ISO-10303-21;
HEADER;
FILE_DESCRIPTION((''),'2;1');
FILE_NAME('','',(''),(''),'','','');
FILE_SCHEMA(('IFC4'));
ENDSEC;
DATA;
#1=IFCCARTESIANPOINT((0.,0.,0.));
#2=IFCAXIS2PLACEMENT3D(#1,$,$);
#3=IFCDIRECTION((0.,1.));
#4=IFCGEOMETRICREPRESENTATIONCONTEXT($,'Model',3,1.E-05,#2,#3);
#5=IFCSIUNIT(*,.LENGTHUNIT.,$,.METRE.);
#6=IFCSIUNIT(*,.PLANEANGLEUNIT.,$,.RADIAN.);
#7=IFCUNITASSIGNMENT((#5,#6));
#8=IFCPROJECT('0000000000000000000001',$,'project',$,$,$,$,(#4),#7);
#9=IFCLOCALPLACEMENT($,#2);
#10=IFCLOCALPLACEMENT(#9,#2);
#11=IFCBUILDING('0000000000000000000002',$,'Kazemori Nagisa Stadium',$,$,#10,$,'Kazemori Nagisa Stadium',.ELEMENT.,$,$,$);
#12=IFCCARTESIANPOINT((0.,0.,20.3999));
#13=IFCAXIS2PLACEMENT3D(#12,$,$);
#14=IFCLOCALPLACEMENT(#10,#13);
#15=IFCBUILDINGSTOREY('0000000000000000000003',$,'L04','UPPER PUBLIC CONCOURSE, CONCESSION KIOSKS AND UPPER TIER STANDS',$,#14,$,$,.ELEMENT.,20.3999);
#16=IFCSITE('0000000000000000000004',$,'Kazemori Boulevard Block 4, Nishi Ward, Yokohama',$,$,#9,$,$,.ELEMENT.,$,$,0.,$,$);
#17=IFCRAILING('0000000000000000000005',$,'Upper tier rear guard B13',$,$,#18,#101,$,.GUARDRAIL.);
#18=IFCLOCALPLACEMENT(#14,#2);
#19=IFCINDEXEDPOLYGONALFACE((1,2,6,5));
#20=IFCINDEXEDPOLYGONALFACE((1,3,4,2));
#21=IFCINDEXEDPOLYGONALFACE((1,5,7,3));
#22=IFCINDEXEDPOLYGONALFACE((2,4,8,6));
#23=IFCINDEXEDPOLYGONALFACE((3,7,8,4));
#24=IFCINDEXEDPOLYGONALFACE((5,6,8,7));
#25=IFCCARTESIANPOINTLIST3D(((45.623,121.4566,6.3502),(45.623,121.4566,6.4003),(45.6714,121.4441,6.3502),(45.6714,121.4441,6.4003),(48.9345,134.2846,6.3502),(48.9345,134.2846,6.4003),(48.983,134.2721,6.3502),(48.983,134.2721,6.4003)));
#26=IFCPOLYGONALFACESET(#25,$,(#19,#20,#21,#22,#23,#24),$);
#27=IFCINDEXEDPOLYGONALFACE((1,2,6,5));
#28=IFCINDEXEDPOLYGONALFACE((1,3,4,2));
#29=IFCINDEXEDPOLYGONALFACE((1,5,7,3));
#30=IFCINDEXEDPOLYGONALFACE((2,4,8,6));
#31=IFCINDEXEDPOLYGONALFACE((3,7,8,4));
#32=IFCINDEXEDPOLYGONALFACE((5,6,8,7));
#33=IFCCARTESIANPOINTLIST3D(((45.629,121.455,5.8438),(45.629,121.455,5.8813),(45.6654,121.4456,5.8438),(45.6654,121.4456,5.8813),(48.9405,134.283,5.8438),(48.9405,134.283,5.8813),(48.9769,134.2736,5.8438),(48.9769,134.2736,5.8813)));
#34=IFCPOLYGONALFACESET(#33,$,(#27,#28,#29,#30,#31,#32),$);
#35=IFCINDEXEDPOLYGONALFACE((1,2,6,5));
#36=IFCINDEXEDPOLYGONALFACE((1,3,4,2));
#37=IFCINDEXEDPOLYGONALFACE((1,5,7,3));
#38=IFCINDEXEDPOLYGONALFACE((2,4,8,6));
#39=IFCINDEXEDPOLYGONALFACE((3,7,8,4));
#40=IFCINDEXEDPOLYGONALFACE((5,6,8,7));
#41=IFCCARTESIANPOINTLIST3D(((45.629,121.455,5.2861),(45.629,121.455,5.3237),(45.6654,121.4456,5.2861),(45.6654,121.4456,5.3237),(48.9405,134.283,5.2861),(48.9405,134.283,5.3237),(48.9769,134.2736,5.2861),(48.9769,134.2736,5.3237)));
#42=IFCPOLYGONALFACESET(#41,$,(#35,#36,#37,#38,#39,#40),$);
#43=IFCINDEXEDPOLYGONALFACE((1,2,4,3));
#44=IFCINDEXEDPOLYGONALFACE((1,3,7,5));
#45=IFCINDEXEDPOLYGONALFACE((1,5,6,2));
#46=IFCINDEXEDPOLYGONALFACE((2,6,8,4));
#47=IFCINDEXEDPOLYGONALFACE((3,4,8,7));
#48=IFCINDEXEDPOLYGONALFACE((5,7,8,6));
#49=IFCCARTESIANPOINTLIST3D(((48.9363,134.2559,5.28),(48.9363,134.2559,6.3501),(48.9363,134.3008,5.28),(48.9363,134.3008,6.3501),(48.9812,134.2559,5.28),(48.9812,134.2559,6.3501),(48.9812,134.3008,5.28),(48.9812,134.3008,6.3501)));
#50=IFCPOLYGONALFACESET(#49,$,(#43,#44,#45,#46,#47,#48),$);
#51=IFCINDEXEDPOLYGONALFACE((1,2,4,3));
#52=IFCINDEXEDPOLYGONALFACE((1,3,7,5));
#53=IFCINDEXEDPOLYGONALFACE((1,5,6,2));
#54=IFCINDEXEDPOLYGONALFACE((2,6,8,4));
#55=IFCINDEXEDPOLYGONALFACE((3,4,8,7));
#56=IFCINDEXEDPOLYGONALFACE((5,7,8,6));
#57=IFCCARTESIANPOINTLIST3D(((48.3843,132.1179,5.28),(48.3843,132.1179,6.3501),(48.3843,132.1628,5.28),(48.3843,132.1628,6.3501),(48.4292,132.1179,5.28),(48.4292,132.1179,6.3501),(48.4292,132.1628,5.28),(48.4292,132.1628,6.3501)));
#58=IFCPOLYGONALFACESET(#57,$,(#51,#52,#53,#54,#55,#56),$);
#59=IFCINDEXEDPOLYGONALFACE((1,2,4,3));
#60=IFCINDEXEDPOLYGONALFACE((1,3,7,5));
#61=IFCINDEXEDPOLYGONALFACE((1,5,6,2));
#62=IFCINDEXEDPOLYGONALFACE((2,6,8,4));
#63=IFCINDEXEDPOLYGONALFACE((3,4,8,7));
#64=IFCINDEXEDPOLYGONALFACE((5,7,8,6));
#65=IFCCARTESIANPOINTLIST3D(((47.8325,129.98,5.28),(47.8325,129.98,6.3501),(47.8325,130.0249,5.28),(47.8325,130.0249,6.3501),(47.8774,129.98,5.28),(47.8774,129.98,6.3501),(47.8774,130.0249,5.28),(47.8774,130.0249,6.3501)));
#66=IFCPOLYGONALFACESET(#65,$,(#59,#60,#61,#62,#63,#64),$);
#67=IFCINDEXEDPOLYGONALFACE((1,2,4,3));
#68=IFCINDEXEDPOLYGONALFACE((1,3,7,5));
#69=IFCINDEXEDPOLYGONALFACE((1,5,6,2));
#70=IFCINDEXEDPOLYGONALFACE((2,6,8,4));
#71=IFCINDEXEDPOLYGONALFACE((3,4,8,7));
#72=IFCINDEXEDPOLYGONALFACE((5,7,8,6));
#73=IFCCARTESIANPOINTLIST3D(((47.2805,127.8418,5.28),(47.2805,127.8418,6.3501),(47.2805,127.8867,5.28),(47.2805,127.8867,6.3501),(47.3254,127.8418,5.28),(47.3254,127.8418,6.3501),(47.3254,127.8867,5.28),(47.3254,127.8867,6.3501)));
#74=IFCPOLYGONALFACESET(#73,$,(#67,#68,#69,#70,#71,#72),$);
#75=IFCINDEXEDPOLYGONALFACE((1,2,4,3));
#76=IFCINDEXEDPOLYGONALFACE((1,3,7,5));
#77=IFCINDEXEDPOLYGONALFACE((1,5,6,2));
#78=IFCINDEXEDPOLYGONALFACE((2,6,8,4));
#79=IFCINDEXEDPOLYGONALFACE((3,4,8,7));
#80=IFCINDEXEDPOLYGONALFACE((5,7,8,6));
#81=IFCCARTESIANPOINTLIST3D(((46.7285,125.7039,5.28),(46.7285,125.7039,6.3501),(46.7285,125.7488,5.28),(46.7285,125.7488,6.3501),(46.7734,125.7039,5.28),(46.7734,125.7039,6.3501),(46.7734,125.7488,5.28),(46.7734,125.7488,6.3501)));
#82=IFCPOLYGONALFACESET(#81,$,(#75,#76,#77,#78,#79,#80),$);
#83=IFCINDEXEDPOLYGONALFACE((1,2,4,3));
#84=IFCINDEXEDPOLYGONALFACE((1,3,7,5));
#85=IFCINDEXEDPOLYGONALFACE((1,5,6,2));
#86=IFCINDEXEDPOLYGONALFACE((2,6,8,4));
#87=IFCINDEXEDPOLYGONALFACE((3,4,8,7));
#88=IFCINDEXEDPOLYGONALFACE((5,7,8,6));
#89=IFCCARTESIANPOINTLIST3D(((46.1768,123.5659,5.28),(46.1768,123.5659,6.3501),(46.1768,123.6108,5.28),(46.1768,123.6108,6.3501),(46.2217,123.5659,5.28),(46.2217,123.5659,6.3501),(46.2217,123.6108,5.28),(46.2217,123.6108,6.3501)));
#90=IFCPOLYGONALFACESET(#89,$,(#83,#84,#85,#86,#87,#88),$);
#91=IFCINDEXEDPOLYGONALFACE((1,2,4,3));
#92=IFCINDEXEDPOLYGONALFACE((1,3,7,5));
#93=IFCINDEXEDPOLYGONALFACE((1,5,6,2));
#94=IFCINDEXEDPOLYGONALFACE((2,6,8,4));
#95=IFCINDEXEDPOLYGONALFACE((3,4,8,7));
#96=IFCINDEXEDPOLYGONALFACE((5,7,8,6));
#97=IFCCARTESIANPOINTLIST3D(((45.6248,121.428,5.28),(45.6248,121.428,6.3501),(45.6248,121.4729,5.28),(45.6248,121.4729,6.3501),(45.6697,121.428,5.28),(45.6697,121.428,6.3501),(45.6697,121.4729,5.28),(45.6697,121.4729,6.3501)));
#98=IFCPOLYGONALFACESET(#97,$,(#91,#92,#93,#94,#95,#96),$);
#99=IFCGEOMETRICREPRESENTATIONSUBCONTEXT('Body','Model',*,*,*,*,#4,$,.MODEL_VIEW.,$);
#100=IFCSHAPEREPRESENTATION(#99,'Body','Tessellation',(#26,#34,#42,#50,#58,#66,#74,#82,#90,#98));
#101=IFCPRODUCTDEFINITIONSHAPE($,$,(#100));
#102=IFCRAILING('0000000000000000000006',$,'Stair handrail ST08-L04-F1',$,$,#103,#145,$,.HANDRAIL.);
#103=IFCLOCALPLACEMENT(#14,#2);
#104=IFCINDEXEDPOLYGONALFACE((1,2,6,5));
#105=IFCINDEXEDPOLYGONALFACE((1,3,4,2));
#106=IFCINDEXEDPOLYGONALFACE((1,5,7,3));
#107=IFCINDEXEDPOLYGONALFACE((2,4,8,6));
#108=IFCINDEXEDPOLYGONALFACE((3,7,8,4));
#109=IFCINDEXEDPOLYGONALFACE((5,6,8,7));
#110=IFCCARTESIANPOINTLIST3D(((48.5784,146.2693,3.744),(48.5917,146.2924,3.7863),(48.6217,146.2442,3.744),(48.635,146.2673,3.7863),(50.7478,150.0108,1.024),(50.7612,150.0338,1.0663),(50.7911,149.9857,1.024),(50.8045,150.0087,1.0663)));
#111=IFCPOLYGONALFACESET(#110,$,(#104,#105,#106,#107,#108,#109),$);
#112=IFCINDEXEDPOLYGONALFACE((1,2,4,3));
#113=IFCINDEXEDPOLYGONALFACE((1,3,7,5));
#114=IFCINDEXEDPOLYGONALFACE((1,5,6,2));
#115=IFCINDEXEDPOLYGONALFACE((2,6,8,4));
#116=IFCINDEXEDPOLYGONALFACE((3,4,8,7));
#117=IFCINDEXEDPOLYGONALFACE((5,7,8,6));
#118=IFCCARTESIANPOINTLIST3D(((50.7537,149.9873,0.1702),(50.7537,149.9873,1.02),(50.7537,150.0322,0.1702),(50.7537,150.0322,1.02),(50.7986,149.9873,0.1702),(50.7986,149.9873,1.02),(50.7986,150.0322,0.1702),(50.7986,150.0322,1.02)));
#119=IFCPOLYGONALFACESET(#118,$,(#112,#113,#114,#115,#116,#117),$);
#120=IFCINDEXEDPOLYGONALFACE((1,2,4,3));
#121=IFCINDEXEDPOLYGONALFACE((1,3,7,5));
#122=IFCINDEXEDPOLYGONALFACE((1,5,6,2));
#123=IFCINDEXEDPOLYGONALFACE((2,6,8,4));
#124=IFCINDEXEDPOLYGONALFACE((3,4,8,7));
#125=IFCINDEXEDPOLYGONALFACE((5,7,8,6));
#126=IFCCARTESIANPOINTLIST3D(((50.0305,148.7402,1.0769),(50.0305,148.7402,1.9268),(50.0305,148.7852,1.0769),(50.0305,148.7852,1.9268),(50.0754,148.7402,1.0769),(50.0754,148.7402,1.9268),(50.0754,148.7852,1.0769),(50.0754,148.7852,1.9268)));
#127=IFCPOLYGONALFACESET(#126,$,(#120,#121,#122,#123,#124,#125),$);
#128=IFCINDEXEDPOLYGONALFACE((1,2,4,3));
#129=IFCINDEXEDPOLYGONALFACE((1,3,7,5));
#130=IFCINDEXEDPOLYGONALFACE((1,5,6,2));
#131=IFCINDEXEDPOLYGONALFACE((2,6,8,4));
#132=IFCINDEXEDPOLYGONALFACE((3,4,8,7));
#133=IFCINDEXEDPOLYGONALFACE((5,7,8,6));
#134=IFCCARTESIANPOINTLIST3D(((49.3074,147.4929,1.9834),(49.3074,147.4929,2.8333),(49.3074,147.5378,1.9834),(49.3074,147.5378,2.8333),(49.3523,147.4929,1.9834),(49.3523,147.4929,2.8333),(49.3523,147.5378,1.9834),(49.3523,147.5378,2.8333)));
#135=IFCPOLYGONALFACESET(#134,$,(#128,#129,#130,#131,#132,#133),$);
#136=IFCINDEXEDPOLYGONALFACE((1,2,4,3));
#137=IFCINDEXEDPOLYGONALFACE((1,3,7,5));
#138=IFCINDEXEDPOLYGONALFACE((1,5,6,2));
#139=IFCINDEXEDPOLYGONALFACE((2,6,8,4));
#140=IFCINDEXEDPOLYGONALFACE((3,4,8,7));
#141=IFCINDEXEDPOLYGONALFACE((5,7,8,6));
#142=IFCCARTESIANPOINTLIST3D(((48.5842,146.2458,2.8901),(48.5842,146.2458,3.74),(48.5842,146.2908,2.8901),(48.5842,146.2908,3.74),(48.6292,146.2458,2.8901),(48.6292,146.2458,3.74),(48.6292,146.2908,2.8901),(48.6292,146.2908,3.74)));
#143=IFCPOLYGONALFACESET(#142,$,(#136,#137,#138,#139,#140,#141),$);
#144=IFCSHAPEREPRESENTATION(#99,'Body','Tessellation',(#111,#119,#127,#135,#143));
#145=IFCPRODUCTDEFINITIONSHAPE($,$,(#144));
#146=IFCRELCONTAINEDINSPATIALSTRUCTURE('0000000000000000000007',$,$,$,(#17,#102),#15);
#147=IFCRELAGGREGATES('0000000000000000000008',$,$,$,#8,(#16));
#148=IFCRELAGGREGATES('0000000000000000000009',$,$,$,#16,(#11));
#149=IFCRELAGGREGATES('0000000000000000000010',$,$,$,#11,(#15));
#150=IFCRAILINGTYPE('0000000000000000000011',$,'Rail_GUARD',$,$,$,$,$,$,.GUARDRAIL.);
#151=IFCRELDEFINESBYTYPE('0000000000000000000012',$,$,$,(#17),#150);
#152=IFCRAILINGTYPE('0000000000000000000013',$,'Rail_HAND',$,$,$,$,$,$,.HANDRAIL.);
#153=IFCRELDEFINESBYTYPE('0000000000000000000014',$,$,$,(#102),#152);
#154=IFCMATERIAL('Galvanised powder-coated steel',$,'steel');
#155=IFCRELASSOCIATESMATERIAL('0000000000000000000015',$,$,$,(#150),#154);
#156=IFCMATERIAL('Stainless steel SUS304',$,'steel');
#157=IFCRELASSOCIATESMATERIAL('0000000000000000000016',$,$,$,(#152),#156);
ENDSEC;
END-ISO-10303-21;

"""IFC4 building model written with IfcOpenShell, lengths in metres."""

from ifc_helpers import new_model, si_unit, direction, frame, origin, origin_2d, place, context, subcontext, project, spatial, rectangle, extrude, material, type_object, element, save


model = new_model("IFC4")

# Units and contexts
model_context = context("Model", 3, precision=1e-05, world=origin(), true_north=direction((0.0, 1.0)))
body_context = subcontext(model_context, "Body", "Model", "MODEL_VIEW")
ifc_project = project(units=[si_unit("LENGTHUNIT", "METRE"), si_unit("PLANEANGLEUNIT", "RADIAN")], contexts=[model_context])

# Site, building, storey
site_placement = place(None, origin())
site = spatial("IfcSite", under=ifc_project, at=site_placement, Name="Kazemori Boulevard Block 4, Nishi Ward, Yokohama", CompositionType="ELEMENT", RefElevation=0.0)
building_placement = place(site_placement, origin())
building = spatial("IfcBuilding", under=site, at=building_placement, Name="Kazemori Nagisa Stadium", LongName="Kazemori Nagisa Stadium", CompositionType="ELEMENT")
storey_placement = place(building_placement, frame((0.0, 0.0, 20.3999)))
storey = spatial("IfcBuildingStorey", under=building, at=storey_placement, Name="L04", Description="UPPER PUBLIC CONCOURSE, CONCESSION KIOSKS AND UPPER TIER STANDS", CompositionType="ELEMENT", Elevation=20.3999)

# Shared definitions
ifc_material_1 = material(Name="Stainless steel SUS304", Category="steel")

# Railings
ifc_material_2 = material(Name="Galvanised powder-coated steel", Category="steel")
railing_type_1 = type_object("IfcRailingType", Name="Rail_GUARD", PredefinedType="GUARDRAIL", material=ifc_material_2)
railing_1_placement = place(storey_placement, frame((48.9587, 134.2783, 5.28)))
element("IfcRailing", 1, at=railing_1_placement, inside=storey, type_object=railing_type_1, Name="Upper tier rear guard B13", PredefinedType="GUARDRAIL", context=body_context, shape_type="SweptSolid", body=[
    extrude(rectangle(XDim=0.05, YDim=0.05, at=origin_2d()), frame((0.0, 0.0, 1.0952), z_axis=(-0.249956, -0.968257, 0.0), x_axis=(0.968257, -0.249956, 0.0)), (0.0, 0.0, 1.0), 13.2485),
    extrude(rectangle(XDim=0.0376, YDim=0.0376, at=origin_2d()), frame((0.0, 0.0, 0.5825), z_axis=(-0.249956, -0.968257, 0.0), x_axis=(0.968257, -0.249956, 0.0)), (0.0, 0.0, 1.0), 13.2485),
    extrude(rectangle(XDim=0.0376, YDim=0.0376, at=origin_2d()), frame((0.0, 0.0, 0.0249), z_axis=(-0.249956, -0.968257, 0.0), x_axis=(0.968257, -0.249956, 0.0)), (0.0, 0.0, 1.0), 13.2485),
    extrude(rectangle(XDim=0.0449, YDim=0.0449, at=origin_2d()), origin(), (0.0, 0.0, 1.0), 1.0701),
    extrude(rectangle(XDim=0.0449, YDim=0.0449, at=origin_2d()), frame((-0.552, -2.1379, 0.0)), (0.0, 0.0, 1.0), 1.0701),
    extrude(rectangle(XDim=0.0449, YDim=0.0449, at=origin_2d()), frame((-1.1038, -4.2759, 0.0)), (0.0, 0.0, 1.0), 1.0701),
    extrude(rectangle(XDim=0.0449, YDim=0.0449, at=origin_2d()), frame((-1.6558, -6.4141, 0.0)), (0.0, 0.0, 1.0), 1.0701),
    extrude(rectangle(XDim=0.0449, YDim=0.0449, at=origin_2d()), frame((-2.2078, -8.552, 0.0)), (0.0, 0.0, 1.0), 1.0701),
    extrude(rectangle(XDim=0.0449, YDim=0.0449, at=origin_2d()), frame((-2.7595, -10.6899, 0.0)), (0.0, 0.0, 1.0), 1.0701),
    extrude(rectangle(XDim=0.0449, YDim=0.0449, at=origin_2d()), frame((-3.3115, -12.8279, 0.0)), (0.0, 0.0, 1.0), 1.0701),
])
railing_type_2 = type_object("IfcRailingType", Name="Rail_HAND", PredefinedType="HANDRAIL", material=ifc_material_1)
railing_2_placement = place(storey_placement, frame((50.7761, 150.0098, 0.1702)))
element("IfcRailing", 2, at=railing_2_placement, inside=storey, type_object=railing_type_2, Name="Stair handrail ST08-L04-F1", PredefinedType="HANDRAIL", context=body_context, shape_type="SweptSolid", body=[
    extrude(rectangle(XDim=0.05, YDim=0.05, at=origin_2d()), frame((0.0, 0.0, 0.875), z_axis=(-0.424619, -0.732308, 0.532375), x_axis=(0.865092, -0.501612, 0.0)), (0.0, 0.0, 1.0), 5.1091),
    extrude(rectangle(XDim=0.0449, YDim=0.0449, at=origin_2d()), origin(), (0.0, 0.0, 1.0), 0.8499),
    extrude(rectangle(XDim=0.0449, YDim=0.0449, at=origin_2d()), frame((-0.7231, -1.2471, 0.9067)), (0.0, 0.0, 1.0), 0.8499),
    extrude(rectangle(XDim=0.0449, YDim=0.0449, at=origin_2d()), frame((-1.4463, -2.4944, 1.8132)), (0.0, 0.0, 1.0), 0.8499),
    extrude(rectangle(XDim=0.0449, YDim=0.0449, at=origin_2d()), frame((-2.1694, -3.7415, 2.72)), (0.0, 0.0, 1.0), 0.8499),
])

save(model, "model.ifc")
